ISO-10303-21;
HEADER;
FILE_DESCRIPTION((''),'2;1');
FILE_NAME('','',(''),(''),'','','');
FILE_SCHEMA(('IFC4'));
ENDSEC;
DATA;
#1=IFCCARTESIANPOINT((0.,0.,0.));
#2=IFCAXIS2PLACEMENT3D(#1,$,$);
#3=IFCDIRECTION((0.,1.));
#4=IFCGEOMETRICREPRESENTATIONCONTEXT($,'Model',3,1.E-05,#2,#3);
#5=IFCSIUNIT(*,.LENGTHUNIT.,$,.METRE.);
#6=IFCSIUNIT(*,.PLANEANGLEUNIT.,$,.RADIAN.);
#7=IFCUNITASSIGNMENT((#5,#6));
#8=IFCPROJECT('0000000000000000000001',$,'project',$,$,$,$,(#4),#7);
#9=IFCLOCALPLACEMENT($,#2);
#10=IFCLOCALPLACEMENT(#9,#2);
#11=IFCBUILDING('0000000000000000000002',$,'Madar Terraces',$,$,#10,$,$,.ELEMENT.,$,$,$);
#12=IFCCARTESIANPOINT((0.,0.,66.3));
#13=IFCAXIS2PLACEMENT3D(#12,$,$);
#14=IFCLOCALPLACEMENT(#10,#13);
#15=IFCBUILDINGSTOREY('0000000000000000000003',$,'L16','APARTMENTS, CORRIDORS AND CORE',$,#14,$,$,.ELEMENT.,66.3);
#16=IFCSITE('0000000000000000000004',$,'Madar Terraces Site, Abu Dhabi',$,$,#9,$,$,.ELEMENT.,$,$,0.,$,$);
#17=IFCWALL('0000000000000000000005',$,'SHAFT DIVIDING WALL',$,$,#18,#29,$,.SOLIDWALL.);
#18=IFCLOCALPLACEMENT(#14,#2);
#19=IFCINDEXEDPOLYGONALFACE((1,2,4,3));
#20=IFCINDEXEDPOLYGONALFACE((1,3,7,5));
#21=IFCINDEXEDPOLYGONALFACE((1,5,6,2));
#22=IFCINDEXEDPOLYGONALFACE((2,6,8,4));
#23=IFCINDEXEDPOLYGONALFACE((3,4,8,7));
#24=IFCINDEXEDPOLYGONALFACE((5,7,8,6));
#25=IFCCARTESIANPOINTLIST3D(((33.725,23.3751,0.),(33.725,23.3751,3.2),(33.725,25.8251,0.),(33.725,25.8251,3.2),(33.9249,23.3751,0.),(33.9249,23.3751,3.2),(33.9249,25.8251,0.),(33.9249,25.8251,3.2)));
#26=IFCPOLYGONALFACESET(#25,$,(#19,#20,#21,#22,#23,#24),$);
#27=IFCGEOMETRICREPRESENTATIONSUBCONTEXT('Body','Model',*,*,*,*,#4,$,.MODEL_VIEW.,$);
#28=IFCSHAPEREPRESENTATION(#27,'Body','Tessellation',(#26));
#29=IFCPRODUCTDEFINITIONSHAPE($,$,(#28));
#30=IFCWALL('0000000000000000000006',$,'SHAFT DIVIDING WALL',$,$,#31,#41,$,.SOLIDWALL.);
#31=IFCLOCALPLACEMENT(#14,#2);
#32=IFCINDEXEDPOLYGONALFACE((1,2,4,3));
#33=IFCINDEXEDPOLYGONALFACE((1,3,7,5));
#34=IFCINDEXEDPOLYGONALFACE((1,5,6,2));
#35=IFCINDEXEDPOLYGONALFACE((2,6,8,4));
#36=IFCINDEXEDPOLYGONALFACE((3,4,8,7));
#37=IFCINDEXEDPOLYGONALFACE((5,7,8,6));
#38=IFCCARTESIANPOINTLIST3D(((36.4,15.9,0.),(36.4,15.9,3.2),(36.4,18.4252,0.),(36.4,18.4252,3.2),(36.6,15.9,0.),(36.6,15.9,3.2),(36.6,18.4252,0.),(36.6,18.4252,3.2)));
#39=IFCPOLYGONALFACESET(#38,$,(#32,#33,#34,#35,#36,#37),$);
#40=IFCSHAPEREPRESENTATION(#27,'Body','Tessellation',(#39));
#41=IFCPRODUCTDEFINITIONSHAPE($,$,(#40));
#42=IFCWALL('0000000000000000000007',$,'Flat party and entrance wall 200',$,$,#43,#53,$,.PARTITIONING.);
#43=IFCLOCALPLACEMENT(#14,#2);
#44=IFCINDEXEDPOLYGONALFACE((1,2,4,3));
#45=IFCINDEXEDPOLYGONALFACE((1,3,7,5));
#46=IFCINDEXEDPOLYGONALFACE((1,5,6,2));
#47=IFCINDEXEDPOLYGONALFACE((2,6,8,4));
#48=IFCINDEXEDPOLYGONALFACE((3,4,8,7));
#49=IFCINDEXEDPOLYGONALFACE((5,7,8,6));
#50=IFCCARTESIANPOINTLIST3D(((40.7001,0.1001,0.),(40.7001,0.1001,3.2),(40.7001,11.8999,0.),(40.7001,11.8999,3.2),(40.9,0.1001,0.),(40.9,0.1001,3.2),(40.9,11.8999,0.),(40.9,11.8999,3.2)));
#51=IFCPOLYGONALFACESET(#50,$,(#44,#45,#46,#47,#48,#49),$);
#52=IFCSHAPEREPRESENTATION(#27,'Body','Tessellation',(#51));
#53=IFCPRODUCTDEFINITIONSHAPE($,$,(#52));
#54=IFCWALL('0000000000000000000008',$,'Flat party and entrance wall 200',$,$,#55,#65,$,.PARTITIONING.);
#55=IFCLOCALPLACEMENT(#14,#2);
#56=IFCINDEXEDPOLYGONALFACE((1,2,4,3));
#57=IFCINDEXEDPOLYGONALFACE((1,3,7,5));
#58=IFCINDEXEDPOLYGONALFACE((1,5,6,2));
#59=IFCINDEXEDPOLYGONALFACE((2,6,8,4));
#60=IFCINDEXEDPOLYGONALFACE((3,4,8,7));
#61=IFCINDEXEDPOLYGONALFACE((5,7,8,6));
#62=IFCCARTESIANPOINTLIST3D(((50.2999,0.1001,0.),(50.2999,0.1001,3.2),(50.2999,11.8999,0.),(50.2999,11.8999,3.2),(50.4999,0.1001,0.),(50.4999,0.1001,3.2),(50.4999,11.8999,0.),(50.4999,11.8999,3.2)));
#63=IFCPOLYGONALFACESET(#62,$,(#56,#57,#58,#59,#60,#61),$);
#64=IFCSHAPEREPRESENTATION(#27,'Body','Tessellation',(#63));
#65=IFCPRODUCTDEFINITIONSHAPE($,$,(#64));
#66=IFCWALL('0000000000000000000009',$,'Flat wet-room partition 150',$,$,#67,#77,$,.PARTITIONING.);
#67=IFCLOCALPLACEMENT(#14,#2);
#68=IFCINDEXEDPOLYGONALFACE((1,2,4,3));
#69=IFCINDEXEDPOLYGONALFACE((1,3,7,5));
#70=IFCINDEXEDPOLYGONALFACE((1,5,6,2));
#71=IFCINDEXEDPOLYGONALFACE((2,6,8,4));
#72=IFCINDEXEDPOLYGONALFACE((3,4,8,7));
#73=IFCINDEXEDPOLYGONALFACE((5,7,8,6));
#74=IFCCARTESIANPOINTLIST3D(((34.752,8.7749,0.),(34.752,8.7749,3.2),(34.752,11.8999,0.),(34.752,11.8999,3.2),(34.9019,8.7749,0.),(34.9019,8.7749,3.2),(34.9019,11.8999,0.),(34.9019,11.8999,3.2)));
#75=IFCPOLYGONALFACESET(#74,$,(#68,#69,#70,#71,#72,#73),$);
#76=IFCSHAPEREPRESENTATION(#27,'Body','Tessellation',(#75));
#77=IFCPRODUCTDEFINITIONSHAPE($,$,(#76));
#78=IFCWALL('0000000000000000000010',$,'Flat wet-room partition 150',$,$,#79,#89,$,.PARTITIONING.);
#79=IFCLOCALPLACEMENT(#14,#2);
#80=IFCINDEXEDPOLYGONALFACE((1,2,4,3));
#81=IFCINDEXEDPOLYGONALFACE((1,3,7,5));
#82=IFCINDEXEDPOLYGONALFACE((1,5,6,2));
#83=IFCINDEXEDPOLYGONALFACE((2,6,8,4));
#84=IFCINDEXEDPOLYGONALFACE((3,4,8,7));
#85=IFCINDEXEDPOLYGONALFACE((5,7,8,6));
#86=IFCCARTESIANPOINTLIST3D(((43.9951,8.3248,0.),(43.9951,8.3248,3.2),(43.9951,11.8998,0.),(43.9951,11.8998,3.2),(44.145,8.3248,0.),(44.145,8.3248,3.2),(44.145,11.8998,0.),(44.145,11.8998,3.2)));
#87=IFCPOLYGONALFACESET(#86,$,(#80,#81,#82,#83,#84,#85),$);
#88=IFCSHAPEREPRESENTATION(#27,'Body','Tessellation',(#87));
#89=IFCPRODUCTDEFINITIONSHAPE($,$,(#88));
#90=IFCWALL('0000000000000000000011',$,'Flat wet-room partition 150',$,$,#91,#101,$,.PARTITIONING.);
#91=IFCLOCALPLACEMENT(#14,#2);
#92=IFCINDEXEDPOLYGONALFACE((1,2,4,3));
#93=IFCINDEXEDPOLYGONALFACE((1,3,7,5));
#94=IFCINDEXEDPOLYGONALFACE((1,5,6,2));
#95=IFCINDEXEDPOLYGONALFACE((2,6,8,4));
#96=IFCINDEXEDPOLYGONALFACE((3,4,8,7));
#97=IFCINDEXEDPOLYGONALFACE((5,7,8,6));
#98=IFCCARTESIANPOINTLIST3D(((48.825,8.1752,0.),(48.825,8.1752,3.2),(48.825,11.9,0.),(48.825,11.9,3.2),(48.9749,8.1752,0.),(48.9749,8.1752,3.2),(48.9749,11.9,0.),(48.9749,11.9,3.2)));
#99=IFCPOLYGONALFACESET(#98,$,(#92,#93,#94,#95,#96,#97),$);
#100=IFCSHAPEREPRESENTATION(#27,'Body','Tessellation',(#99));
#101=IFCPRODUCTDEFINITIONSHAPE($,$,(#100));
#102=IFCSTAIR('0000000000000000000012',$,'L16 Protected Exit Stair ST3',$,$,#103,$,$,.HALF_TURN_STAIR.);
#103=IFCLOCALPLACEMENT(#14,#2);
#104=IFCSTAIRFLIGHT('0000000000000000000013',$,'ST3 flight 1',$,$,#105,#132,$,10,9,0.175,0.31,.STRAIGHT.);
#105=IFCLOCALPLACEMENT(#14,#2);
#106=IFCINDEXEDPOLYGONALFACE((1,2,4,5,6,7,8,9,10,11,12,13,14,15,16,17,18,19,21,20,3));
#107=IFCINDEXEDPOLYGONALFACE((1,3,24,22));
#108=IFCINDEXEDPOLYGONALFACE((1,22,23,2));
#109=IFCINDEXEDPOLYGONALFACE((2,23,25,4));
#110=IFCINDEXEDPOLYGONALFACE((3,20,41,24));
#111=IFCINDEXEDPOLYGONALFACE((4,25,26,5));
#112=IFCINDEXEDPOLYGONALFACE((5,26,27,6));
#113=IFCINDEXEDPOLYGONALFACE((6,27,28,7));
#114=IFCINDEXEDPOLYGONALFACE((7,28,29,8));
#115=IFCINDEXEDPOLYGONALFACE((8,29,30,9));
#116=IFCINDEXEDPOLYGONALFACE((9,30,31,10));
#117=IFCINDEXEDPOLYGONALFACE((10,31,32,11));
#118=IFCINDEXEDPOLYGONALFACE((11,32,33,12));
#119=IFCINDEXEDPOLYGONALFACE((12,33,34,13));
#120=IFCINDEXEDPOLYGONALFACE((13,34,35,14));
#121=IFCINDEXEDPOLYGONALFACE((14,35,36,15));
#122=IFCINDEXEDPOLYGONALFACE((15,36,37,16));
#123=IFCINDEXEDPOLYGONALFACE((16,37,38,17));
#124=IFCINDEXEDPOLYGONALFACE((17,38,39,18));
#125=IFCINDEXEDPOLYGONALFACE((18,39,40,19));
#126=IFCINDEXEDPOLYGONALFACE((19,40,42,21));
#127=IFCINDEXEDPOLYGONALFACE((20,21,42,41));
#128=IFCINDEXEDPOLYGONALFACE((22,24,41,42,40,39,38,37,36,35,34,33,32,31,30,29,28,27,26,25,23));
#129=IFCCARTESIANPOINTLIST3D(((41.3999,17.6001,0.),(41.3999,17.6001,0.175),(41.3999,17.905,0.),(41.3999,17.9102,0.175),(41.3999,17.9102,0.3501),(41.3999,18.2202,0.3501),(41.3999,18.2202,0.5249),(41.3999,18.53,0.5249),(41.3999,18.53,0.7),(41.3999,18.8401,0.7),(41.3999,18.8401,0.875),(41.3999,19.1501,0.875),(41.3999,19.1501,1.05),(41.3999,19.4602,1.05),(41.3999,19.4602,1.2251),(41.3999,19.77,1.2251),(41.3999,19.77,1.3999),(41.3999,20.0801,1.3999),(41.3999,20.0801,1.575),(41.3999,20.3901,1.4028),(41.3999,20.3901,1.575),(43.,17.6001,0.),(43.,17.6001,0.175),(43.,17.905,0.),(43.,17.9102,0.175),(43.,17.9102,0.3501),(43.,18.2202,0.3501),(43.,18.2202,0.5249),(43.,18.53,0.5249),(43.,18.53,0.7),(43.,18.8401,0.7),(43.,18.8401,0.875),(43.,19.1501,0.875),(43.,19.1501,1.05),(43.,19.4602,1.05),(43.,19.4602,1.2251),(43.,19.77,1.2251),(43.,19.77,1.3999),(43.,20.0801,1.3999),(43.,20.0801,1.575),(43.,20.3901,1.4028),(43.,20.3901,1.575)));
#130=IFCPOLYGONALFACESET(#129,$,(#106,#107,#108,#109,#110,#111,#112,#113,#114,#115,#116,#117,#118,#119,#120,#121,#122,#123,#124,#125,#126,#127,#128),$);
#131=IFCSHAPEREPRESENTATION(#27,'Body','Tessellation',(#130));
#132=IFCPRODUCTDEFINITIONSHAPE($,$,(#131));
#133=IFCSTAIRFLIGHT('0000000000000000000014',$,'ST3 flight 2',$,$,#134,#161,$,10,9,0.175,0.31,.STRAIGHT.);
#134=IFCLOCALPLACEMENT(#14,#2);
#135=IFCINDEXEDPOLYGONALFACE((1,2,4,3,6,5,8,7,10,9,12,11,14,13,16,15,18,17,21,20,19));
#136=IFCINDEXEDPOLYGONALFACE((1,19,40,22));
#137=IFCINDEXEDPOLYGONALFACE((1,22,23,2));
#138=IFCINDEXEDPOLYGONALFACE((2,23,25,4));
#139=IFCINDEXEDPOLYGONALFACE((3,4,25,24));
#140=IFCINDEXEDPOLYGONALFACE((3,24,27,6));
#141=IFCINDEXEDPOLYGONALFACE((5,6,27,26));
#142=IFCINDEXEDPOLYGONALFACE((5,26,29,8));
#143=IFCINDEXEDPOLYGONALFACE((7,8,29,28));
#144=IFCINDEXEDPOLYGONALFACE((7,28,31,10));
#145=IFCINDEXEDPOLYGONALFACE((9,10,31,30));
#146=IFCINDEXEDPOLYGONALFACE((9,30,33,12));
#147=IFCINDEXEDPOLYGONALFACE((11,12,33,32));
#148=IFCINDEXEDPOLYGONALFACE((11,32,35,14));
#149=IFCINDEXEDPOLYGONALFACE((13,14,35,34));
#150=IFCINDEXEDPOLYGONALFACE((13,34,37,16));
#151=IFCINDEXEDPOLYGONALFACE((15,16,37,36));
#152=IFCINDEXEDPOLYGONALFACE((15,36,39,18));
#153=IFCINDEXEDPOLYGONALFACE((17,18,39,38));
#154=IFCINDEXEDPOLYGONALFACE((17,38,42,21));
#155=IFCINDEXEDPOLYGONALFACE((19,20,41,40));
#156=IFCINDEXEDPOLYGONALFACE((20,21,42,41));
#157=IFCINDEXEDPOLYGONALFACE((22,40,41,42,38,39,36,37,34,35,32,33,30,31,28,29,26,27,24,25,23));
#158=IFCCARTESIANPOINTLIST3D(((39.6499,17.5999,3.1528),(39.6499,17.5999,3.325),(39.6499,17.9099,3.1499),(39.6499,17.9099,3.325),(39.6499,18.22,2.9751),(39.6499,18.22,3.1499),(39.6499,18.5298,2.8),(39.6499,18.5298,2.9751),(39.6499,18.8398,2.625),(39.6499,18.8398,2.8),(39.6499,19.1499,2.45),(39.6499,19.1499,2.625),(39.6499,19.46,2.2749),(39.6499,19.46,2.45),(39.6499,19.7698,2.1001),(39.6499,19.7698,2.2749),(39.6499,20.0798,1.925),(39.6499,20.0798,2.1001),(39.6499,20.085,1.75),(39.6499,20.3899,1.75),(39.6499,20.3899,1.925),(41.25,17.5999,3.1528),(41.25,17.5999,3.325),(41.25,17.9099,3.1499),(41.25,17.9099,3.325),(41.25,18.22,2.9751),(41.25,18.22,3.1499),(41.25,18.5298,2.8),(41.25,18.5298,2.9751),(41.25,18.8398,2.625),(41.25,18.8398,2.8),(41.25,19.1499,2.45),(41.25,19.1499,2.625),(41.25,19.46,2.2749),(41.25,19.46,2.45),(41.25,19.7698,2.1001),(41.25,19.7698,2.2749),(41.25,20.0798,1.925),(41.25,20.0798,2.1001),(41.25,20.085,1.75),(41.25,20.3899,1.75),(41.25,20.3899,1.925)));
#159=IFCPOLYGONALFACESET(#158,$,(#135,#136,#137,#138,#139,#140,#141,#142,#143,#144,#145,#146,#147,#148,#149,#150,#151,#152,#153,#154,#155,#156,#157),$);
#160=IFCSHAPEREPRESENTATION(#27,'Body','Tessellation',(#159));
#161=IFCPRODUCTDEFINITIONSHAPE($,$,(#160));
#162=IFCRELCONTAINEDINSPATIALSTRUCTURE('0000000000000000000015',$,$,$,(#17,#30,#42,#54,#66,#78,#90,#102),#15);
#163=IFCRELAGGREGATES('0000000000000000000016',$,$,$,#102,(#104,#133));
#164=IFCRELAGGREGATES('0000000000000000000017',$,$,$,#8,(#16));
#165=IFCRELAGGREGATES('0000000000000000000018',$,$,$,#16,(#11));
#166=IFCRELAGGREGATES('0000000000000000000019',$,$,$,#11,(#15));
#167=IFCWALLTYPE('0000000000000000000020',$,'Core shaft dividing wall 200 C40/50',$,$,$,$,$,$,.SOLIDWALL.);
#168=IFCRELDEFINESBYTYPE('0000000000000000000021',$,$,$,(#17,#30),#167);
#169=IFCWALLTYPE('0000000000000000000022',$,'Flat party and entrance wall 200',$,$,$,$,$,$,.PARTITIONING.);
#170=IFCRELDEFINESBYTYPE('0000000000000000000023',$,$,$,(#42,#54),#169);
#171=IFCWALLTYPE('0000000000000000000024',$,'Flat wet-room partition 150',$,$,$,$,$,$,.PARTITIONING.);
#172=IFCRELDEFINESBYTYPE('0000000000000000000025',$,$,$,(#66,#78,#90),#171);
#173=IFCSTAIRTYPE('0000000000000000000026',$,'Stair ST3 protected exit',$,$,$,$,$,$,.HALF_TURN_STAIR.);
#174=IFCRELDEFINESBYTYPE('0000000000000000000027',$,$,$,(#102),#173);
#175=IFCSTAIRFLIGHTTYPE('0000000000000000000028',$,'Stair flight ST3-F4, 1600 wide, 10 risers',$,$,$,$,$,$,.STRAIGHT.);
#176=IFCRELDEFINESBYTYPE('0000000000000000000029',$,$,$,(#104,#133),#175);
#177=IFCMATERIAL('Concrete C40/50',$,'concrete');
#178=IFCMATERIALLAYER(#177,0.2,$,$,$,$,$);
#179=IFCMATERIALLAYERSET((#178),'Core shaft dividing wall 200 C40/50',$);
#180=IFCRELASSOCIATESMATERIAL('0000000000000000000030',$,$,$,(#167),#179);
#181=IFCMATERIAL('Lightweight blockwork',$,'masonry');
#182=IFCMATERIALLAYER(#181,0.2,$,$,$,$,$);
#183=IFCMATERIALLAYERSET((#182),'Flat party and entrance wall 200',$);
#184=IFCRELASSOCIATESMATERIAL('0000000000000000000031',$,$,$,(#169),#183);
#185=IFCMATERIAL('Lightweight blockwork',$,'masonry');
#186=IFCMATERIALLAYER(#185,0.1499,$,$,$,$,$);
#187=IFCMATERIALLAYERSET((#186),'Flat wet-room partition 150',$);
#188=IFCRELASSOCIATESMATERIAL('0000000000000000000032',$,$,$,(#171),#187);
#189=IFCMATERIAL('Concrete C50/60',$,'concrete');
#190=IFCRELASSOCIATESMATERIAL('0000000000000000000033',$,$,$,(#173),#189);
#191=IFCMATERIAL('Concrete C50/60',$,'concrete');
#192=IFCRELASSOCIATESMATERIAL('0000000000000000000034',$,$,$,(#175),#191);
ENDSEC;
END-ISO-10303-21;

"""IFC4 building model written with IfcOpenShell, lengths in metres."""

from ifc_helpers import new_model, si_unit, direction, frame, frame_2d, origin, place, context, subcontext, project, spatial, polyline, rectangle, outline, extrude, material, layer, layer_set, type_object, element, aggregate, save


model = new_model("IFC4")

# Units and contexts
model_context = context("Model", 3, precision=1e-05, world=origin(), true_north=direction((0.0, 1.0)))
body_context = subcontext(model_context, "Body", "Model", "MODEL_VIEW")
ifc_project = project(units=[si_unit("LENGTHUNIT", "METRE"), si_unit("PLANEANGLEUNIT", "RADIAN")], contexts=[model_context])

# Site, building, storey
site_placement = place(None, origin())
site = spatial("IfcSite", under=ifc_project, at=site_placement, Name="Madar Terraces Site, Abu Dhabi", CompositionType="ELEMENT", RefElevation=0.0)
building_placement = place(site_placement, origin())
building = spatial("IfcBuilding", under=site, at=building_placement, Name="Madar Terraces", CompositionType="ELEMENT")
storey_placement = place(building_placement, frame((0.0, 0.0, 66.3)))
storey = spatial("IfcBuildingStorey", under=building, at=storey_placement, Name="L16", Description="APARTMENTS, CORRIDORS AND CORE", CompositionType="ELEMENT", Elevation=66.3)

# Walls
ifc_material_1 = material(Name="Concrete C40/50", Category="concrete")
ifc_layer_1 = layer(ifc_material_1, 0.2)
ifc_layer_set_1 = layer_set([ifc_layer_1], Name="Core shaft dividing wall 200 C40/50")
wall_type_1 = type_object("IfcWallType", Name="Core shaft dividing wall 200 C40/50", PredefinedType="SOLIDWALL", material=ifc_layer_set_1)
wall_1_placement = place(storey_placement, frame((33.825, 23.375, 0.0), z_axis=(0.0, 0.0, 1.0), x_axis=(0.0, 1.0, 0.0)))
element("IfcWall", 1, at=wall_1_placement, inside=storey, type_object=wall_type_1, Name="SHAFT DIVIDING WALL", PredefinedType="SOLIDWALL", context=body_context, shape_type="SweptSolid", body=[
    extrude(rectangle(XDim=2.45, YDim=0.2, at=frame_2d((1.2251, 0.0))), origin(), (0.0, 0.0, 1.0), 3.2),
])
wall_2_placement = place(storey_placement, frame((36.5, 15.8999, 0.0), z_axis=(0.0, 0.0, 1.0), x_axis=(0.0, 1.0, 0.0)))
element("IfcWall", 2, at=wall_2_placement, inside=storey, type_object=wall_type_1, Name="SHAFT DIVIDING WALL", PredefinedType="SOLIDWALL", context=body_context, shape_type="SweptSolid", body=[
    extrude(rectangle(XDim=2.5251, YDim=0.2, at=frame_2d((1.2627, 0.0))), origin(), (0.0, 0.0, 1.0), 3.2),
])
ifc_material_2 = material(Name="Lightweight blockwork", Category="masonry")
ifc_layer_2 = layer(ifc_material_2, 0.2)
ifc_layer_set_2 = layer_set([ifc_layer_2], Name="Flat party and entrance wall 200")
wall_type_2 = type_object("IfcWallType", Name="Flat party and entrance wall 200", PredefinedType="PARTITIONING", material=ifc_layer_set_2)
for number, where, z_axis, x_axis, name in (
    (3, (40.8, 11.8999, 0.0), (0.0, 0.0, 1.0), (0.0, -1.0, 0.0), "Flat party and entrance wall 200"),
    (4, (50.3999, 11.8999, 0.0), (0.0, 0.0, 1.0), (0.0, -1.0, 0.0), "Flat party and entrance wall 200"),
):
    element("IfcWall", number, at=place(storey_placement, frame(where, z_axis=z_axis, x_axis=x_axis)), inside=storey, type_object=wall_type_2, Name=name, PredefinedType="PARTITIONING", context=body_context, shape_type="SweptSolid", body=[
        extrude(rectangle(XDim=11.7998, YDim=0.2, at=frame_2d((5.8999, 0.0))), origin(), (0.0, 0.0, 1.0), 3.2),
    ])
ifc_material_3 = material(Name="Lightweight blockwork", Category="masonry")
ifc_layer_3 = layer(ifc_material_3, 0.1499)
ifc_layer_set_3 = layer_set([ifc_layer_3], Name="Flat wet-room partition 150")
wall_type_3 = type_object("IfcWallType", Name="Flat wet-room partition 150", PredefinedType="PARTITIONING", material=ifc_layer_set_3)
wall_3_placement = place(storey_placement, frame((34.8269, 11.8999, 0.0), z_axis=(0.0, 0.0, 1.0), x_axis=(0.0, -1.0, 0.0)))
element("IfcWall", 5, at=wall_3_placement, inside=storey, type_object=wall_type_3, Name="Flat wet-room partition 150", PredefinedType="PARTITIONING", context=body_context, shape_type="SweptSolid", body=[
    extrude(rectangle(XDim=3.125, YDim=0.1499, at=frame_2d((1.5625, 0.0))), origin(), (0.0, 0.0, 1.0), 3.2),
])
wall_4_placement = place(storey_placement, frame((44.0701, 11.8999, 0.0), z_axis=(0.0, 0.0, 1.0), x_axis=(0.0, -1.0, 0.0)))
element("IfcWall", 6, at=wall_4_placement, inside=storey, type_object=wall_type_3, Name="Flat wet-room partition 150", PredefinedType="PARTITIONING", context=body_context, shape_type="SweptSolid", body=[
    extrude(rectangle(XDim=3.575, YDim=0.1499, at=frame_2d((1.7876, 0.0))), origin(), (0.0, 0.0, 1.0), 3.2),
])
wall_5_placement = place(storey_placement, frame((48.8999, 11.8999, 0.0), z_axis=(0.0, 0.0, 1.0), x_axis=(0.0, -1.0, 0.0)))
element("IfcWall", 7, at=wall_5_placement, inside=storey, type_object=wall_type_3, Name="Flat wet-room partition 150", PredefinedType="PARTITIONING", context=body_context, shape_type="SweptSolid", body=[
    extrude(rectangle(XDim=3.7249, YDim=0.1499, at=frame_2d((1.8623, 0.0))), origin(), (0.0, 0.0, 1.0), 3.2),
])

# Stair, stair flights
ifc_material_4 = material(Name="Concrete C50/60", Category="concrete")
stair_type = type_object("IfcStairType", Name="Stair ST3 protected exit", PredefinedType="HALF_TURN_STAIR", material=ifc_material_4)
stair_placement = place(storey_placement, origin())
stair = element("IfcStair", 8, at=stair_placement, inside=storey, type_object=stair_type, Name="L16 Protected Exit Stair ST3", PredefinedType="HALF_TURN_STAIR")
ifc_material_5 = material(Name="Concrete C50/60", Category="concrete")
stair_flight_type = type_object("IfcStairFlightType", Name="Stair flight ST3-F4, 1600 wide, 10 risers", PredefinedType="STRAIGHT", material=ifc_material_5)
stair_flight_1_placement = place(storey_placement, frame((42.2, 17.6001, 0.0), z_axis=(0.0, 0.0, 1.0), x_axis=(0.0, 1.0, 0.0)))
stair_flight_1 = element("IfcStairFlight", 9, at=stair_flight_1_placement, type_object=stair_flight_type, Name="ST3 flight 1", NumberOfRisers=10, NumberOfTreads=9, PredefinedType="STRAIGHT", RiserHeight=0.175, TreadLength=0.31, context=body_context, shape_type="SweptSolid", body=[
    extrude(outline(polyline([(0.0, 0.0), (0.0, 0.175), (0.3101, 0.175), (0.3101, 0.3501), (0.6201, 0.3501), (0.6201, 0.5249), (0.9299, 0.5249), (0.9299, 0.7), (1.24, 0.7), (1.24, 0.875), (1.55, 0.875), (1.55, 1.05), (1.8601, 1.05), (1.8601, 1.2251), (2.1699, 1.2251), (2.1699, 1.3999), (2.48, 1.3999), (2.48, 1.575), (2.79, 1.575), (2.79, 1.75), (2.79, 1.4028), (0.3049, 0.0), (0.0, 0.0)])), frame((0.0, 0.8, 0.0), z_axis=(0.0, -1.0, 0.0), x_axis=(1.0, 0.0, 0.0)), (0.0, 0.0, 1.0), 1.6001),
])
stair_flight_2_placement = place(storey_placement, frame((40.45, 20.3899, 1.75), z_axis=(0.0, 0.0, 1.0), x_axis=(0.0, -1.0, 0.0)))
stair_flight_2 = element("IfcStairFlight", 10, at=stair_flight_2_placement, type_object=stair_flight_type, Name="ST3 flight 2", NumberOfRisers=10, NumberOfTreads=9, PredefinedType="STRAIGHT", RiserHeight=0.175, TreadLength=0.31, context=body_context, shape_type="SweptSolid", body=[
    extrude(outline(polyline([(0.0, 0.0), (0.0, 0.175), (0.3101, 0.175), (0.3101, 0.3501), (0.6201, 0.3501), (0.6201, 0.5249), (0.9299, 0.5249), (0.9299, 0.7), (1.24, 0.7), (1.24, 0.875), (1.55, 0.875), (1.55, 1.05), (1.8601, 1.05), (1.8601, 1.2251), (2.1699, 1.2251), (2.1699, 1.3999), (2.48, 1.3999), (2.48, 1.575), (2.79, 1.575), (2.79, 1.75), (2.79, 1.4028), (0.3049, 0.0), (0.0, 0.0)])), frame((0.0, 0.8, 0.0), z_axis=(0.0, -1.0, 0.0), x_axis=(1.0, 0.0, 0.0)), (0.0, 0.0, 1.0), 1.6001),
])
aggregate(stair, [stair_flight_1, stair_flight_2])

save(model, "model.ifc")
